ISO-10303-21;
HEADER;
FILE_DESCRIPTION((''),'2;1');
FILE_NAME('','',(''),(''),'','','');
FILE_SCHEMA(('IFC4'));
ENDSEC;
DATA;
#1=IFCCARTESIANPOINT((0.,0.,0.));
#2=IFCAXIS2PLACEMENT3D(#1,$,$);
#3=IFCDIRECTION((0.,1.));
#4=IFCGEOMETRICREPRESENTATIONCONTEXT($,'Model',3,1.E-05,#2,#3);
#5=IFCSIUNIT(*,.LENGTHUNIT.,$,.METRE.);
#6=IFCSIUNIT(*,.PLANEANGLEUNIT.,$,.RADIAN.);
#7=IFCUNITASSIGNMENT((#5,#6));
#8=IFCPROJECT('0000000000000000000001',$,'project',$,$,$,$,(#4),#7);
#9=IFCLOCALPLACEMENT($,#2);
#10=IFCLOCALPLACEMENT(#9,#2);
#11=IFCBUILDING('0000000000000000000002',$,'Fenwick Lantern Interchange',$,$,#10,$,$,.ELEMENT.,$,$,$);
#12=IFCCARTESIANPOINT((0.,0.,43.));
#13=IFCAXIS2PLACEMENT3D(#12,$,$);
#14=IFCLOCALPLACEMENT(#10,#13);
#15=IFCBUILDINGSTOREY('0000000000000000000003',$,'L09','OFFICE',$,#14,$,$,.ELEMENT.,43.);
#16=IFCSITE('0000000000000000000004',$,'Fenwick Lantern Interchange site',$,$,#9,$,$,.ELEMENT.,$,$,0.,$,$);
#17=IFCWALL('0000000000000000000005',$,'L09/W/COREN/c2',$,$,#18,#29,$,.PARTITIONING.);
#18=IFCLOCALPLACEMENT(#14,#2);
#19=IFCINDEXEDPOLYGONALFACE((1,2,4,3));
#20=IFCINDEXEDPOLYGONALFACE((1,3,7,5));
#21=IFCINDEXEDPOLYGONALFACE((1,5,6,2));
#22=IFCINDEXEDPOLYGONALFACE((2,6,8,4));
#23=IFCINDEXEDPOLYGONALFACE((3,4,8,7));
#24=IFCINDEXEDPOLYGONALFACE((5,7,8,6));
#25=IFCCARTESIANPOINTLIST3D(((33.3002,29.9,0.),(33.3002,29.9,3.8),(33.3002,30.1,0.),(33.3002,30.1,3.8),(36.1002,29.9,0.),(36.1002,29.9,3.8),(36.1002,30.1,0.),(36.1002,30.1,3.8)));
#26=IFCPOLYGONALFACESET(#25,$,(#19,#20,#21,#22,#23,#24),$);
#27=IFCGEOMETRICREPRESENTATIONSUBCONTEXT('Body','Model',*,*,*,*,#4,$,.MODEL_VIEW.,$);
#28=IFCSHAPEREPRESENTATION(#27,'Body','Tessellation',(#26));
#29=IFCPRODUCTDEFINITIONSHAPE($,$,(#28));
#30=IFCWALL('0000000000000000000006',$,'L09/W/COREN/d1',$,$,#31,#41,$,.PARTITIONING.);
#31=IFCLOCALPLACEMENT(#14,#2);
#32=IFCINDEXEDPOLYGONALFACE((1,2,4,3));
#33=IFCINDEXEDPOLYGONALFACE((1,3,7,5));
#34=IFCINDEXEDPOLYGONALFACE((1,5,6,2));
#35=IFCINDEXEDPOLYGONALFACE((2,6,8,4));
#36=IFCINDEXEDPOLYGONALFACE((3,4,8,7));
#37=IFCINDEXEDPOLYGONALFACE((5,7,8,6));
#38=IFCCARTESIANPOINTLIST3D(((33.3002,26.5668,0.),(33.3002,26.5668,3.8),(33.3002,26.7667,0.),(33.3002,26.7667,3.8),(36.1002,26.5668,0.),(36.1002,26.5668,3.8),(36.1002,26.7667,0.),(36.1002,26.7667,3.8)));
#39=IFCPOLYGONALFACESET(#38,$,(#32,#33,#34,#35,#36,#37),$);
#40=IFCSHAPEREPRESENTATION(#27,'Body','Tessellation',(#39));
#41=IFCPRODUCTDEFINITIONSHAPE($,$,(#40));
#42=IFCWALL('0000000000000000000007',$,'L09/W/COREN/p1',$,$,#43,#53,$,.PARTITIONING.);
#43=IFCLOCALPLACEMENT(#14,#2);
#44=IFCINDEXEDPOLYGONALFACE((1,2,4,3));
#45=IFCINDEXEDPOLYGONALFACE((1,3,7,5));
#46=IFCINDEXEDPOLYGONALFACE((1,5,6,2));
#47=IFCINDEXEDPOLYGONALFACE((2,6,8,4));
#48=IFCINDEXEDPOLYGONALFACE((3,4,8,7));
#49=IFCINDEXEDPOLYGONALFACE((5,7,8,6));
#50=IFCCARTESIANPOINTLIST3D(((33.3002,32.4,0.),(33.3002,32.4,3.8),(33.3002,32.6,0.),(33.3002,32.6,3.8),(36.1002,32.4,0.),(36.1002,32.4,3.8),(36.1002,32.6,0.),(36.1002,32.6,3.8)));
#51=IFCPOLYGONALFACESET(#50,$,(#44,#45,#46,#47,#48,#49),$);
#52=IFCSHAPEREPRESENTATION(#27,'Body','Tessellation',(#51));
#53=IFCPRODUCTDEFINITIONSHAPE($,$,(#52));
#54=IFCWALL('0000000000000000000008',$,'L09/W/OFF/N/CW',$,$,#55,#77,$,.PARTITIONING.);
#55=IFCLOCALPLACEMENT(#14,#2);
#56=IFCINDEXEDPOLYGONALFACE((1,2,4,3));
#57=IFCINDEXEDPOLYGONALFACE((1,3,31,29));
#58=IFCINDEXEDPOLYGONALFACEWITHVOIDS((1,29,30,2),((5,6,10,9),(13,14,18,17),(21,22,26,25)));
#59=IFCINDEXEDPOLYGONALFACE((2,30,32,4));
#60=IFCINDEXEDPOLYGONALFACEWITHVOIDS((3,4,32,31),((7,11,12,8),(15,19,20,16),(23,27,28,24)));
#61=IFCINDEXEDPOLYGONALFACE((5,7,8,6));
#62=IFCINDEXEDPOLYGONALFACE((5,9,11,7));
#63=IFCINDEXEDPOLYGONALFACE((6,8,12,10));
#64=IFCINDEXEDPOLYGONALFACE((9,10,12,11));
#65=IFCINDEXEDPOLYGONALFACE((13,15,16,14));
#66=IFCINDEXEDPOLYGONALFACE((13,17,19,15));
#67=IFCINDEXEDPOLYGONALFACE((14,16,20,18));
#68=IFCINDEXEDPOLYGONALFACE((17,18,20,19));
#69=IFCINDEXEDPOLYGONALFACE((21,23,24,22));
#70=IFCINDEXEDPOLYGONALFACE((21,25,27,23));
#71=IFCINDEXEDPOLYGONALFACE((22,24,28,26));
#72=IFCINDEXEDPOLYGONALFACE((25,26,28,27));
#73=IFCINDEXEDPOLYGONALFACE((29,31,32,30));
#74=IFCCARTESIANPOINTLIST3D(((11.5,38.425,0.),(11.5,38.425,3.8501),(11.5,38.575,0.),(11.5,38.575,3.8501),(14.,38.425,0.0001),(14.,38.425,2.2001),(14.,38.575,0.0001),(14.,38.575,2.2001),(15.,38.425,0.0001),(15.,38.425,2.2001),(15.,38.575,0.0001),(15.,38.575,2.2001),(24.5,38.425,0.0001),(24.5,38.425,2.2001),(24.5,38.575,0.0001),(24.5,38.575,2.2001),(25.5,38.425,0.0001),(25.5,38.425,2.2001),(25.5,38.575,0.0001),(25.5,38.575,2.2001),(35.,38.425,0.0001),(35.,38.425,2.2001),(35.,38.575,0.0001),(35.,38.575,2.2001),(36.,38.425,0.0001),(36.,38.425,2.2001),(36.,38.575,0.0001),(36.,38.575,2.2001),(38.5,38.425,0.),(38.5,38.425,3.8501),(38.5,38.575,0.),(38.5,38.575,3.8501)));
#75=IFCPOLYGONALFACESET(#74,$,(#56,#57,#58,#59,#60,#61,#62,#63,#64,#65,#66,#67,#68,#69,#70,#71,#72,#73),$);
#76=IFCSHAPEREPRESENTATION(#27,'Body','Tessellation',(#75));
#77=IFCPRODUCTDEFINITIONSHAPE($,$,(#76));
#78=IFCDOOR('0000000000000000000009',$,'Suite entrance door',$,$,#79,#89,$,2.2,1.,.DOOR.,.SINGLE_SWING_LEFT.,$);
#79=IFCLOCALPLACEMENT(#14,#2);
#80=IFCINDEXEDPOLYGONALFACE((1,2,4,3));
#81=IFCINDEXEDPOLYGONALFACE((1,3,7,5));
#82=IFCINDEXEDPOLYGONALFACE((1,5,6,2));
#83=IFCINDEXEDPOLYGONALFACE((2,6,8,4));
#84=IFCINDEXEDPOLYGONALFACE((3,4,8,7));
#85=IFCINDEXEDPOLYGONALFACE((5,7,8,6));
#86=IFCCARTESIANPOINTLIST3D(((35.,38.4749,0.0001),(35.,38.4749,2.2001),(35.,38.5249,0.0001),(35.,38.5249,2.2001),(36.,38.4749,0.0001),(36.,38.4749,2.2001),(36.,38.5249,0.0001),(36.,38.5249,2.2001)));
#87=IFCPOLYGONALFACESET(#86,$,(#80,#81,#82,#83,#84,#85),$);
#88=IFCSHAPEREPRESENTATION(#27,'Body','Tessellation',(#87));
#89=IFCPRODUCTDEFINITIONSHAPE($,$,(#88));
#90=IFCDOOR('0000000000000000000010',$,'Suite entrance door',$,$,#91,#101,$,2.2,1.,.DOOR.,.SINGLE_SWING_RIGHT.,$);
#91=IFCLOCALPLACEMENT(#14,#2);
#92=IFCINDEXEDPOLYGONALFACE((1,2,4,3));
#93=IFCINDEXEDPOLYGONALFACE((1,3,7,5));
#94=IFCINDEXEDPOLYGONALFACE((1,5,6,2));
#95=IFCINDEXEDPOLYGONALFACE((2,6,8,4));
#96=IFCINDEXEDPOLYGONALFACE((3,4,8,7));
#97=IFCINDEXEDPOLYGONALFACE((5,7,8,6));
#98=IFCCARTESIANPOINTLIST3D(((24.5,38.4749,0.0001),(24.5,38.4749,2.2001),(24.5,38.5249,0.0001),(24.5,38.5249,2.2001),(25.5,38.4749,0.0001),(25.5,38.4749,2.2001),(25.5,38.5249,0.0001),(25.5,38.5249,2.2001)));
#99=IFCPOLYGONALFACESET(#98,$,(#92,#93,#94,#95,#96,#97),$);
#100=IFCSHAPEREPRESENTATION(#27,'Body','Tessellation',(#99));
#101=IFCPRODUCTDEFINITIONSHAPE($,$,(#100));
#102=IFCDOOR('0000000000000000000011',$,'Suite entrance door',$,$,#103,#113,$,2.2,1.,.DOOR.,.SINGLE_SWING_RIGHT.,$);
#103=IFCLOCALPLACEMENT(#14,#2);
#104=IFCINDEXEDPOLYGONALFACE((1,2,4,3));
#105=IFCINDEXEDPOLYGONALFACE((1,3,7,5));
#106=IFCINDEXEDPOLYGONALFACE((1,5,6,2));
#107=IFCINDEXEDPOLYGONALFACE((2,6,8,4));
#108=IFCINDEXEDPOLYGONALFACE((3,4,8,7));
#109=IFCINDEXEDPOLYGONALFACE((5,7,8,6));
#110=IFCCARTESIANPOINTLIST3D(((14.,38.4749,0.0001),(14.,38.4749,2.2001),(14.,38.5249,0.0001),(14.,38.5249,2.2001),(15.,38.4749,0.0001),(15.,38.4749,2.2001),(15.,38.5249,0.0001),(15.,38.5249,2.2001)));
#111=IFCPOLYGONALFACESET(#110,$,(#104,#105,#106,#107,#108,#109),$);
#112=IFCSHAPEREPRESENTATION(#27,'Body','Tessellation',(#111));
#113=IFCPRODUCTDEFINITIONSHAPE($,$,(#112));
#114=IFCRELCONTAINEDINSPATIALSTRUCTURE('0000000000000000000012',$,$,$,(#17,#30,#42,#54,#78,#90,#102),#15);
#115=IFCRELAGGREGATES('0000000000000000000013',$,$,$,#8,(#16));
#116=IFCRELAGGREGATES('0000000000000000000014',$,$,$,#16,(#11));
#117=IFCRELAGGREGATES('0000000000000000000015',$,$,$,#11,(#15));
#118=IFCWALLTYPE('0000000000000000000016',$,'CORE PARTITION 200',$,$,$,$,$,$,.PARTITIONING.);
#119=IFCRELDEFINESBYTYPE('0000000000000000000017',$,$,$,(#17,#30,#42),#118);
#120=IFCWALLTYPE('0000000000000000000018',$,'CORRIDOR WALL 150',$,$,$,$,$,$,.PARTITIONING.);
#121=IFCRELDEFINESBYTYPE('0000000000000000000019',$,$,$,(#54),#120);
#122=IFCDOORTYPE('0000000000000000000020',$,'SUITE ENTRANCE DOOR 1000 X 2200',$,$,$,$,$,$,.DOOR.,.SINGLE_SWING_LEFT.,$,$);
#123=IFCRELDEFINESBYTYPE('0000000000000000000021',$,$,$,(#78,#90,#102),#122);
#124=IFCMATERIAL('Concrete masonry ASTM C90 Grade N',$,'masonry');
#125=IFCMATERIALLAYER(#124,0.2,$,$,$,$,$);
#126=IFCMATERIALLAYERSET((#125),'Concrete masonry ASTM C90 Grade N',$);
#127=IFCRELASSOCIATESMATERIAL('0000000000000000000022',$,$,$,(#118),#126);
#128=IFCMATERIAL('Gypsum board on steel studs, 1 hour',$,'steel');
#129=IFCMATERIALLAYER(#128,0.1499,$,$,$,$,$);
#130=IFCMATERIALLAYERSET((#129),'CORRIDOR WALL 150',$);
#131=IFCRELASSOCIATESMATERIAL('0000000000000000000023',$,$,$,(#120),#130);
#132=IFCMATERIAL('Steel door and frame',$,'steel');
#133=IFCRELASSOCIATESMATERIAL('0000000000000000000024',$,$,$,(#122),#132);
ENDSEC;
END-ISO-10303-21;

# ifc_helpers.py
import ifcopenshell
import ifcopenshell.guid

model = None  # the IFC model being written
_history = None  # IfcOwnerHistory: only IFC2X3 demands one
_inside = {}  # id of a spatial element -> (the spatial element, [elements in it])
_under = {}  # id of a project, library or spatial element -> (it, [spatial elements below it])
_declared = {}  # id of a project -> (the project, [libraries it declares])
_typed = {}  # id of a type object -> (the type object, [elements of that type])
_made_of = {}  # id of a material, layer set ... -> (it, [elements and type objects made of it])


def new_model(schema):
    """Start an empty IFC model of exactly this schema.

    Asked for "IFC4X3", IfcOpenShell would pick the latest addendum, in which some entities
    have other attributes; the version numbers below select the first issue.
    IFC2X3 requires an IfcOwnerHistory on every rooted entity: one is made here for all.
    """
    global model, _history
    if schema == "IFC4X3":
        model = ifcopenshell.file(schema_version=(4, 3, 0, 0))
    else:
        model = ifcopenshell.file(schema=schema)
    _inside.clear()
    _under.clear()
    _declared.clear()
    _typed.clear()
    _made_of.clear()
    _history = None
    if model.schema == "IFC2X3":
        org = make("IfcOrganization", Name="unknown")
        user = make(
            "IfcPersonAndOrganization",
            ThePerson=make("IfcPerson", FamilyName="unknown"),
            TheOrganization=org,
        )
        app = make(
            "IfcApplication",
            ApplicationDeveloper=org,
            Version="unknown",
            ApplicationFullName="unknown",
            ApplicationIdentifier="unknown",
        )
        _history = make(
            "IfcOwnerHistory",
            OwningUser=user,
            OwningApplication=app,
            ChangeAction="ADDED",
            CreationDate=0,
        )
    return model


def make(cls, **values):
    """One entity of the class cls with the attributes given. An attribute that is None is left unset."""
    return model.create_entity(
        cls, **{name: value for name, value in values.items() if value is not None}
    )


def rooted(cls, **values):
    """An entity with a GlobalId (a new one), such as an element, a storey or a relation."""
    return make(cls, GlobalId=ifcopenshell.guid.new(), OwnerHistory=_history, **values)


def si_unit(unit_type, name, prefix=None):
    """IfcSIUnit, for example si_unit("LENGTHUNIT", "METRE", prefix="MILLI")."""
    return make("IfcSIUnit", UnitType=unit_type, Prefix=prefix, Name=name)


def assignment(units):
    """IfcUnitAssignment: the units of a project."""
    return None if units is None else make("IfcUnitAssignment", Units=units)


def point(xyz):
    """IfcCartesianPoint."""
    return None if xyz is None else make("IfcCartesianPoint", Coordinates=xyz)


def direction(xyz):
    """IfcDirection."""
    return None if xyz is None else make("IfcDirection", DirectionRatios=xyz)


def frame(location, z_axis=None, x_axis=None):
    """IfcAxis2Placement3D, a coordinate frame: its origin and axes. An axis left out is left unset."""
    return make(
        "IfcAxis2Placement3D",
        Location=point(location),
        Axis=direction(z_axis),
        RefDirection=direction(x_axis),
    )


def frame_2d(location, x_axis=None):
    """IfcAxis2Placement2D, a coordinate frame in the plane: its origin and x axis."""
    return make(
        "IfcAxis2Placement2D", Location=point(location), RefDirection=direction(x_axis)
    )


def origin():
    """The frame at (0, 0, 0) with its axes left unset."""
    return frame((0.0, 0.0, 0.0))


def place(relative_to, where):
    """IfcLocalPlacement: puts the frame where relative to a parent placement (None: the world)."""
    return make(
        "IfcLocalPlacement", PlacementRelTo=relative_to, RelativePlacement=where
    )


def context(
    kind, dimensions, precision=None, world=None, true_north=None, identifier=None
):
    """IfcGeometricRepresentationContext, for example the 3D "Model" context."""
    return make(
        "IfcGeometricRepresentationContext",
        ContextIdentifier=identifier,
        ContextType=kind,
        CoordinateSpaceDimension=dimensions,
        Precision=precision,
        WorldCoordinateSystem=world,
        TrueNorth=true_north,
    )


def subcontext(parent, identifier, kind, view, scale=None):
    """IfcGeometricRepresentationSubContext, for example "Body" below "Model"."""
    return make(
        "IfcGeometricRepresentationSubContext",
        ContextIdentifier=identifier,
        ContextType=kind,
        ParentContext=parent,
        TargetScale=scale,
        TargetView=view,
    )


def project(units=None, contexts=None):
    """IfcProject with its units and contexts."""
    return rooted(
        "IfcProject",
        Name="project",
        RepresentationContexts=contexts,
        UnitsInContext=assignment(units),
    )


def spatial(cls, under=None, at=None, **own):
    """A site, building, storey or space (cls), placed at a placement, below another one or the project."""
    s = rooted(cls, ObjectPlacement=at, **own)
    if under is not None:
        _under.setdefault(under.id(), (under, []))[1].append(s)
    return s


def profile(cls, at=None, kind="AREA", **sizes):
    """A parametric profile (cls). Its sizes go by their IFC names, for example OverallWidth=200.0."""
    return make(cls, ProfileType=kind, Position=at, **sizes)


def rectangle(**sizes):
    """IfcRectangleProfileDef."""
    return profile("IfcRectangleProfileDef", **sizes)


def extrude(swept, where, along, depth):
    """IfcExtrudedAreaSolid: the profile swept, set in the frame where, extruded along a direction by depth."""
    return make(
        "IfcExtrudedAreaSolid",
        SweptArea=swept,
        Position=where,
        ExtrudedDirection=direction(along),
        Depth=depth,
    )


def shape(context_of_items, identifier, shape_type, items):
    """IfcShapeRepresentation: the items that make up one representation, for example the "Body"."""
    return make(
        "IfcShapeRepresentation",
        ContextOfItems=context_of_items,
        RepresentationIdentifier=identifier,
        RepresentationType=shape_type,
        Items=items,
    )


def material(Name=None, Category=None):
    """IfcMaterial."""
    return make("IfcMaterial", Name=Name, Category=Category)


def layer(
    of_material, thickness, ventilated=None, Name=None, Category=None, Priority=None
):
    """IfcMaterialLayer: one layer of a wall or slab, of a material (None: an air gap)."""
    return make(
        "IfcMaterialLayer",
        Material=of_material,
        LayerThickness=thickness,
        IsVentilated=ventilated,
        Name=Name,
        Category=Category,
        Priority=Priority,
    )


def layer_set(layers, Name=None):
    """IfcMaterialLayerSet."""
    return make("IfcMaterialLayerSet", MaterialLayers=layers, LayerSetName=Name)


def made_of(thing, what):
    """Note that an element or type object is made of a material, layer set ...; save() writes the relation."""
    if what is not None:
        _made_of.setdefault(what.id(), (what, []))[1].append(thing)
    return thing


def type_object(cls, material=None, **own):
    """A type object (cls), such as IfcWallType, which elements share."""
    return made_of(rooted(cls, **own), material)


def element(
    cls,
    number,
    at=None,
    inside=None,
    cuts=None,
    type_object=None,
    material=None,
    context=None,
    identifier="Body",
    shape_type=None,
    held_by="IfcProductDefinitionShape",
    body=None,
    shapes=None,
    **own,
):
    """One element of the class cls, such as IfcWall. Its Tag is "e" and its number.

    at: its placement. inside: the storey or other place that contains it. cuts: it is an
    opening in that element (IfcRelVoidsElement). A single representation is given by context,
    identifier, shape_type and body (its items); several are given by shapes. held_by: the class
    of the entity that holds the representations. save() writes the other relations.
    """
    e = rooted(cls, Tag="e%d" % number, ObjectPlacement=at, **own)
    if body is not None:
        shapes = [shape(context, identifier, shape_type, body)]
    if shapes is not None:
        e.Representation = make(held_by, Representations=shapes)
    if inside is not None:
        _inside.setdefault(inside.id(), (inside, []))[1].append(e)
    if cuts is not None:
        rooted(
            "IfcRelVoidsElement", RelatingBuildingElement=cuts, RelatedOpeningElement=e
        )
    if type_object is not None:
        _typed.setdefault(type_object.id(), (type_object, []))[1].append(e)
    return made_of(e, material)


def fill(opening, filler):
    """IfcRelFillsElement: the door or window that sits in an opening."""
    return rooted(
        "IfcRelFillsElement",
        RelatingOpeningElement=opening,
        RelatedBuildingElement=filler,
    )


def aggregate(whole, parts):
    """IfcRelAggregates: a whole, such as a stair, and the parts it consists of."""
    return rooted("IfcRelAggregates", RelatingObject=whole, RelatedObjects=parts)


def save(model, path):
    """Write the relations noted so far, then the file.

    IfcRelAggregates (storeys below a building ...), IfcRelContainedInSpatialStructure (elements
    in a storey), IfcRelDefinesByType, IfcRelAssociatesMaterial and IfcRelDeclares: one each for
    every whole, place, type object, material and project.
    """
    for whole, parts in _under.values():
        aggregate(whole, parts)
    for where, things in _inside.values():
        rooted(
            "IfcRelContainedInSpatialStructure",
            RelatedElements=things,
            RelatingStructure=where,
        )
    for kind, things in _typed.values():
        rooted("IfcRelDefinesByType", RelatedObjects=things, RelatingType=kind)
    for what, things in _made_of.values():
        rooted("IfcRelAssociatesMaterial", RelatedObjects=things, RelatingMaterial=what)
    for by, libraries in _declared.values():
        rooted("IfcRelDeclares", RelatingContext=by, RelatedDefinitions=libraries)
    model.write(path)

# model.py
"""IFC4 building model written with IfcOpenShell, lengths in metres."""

from ifc_helpers import new_model, si_unit, direction, frame, frame_2d, origin, place, context, subcontext, project, spatial, rectangle, extrude, material, layer, layer_set, type_object, element, fill, save


model = new_model("IFC4")

# Units and contexts
model_context = context("Model", 3, precision=1e-05, world=origin(), true_north=direction((0.0, 1.0)))
body_context = subcontext(model_context, "Body", "Model", "MODEL_VIEW")
ifc_project = project(units=[si_unit("LENGTHUNIT", "METRE"), si_unit("PLANEANGLEUNIT", "RADIAN")], contexts=[model_context])

# Site, building, storey
site_placement = place(None, origin())
site = spatial("IfcSite", under=ifc_project, at=site_placement, Name="Fenwick Lantern Interchange site", CompositionType="ELEMENT", RefElevation=0.0)
building_placement = place(site_placement, origin())
building = spatial("IfcBuilding", under=site, at=building_placement, Name="Fenwick Lantern Interchange", CompositionType="ELEMENT")
storey_placement = place(building_placement, frame((0.0, 0.0, 43.0)))
storey = spatial("IfcBuildingStorey", under=building, at=storey_placement, Name="L09", Description="OFFICE", CompositionType="ELEMENT", Elevation=43.0)

# Walls
ifc_material_1 = material(Name="Concrete masonry ASTM C90 Grade N", Category="masonry")
ifc_layer_1 = layer(ifc_material_1, 0.2)
ifc_layer_set_1 = layer_set([ifc_layer_1], Name="Concrete masonry ASTM C90 Grade N")
wall_type_1 = type_object("IfcWallType", Name="CORE PARTITION 200", PredefinedType="PARTITIONING", material=ifc_layer_set_1)
for number, where, z_axis, x_axis, name in (
    (1, (36.1001, 30.0, 0.0), (0.0, 0.0, 1.0), (-1.0, 0.0, 0.0), "L09/W/COREN/c2"),
    (2, (36.1001, 26.6667, 0.0), (0.0, 0.0, 1.0), (-1.0, 0.0, 0.0), "L09/W/COREN/d1"),
    (3, (36.1001, 32.5, 0.0), (0.0, 0.0, 1.0), (-1.0, 0.0, 0.0), "L09/W/COREN/p1"),
):
    element("IfcWall", number, at=place(storey_placement, frame(where, z_axis=z_axis, x_axis=x_axis)), inside=storey, type_object=wall_type_1, Name=name, PredefinedType="PARTITIONING", context=body_context, shape_type="SweptSolid", body=[
        extrude(rectangle(XDim=2.8, YDim=0.2, at=frame_2d((1.3999, 0.0))), origin(), (0.0, 0.0, 1.0), 3.8),
    ])

# Wall, openings, doors
ifc_material_2 = material(Name="Steel door and frame", Category="steel")
ifc_material_3 = material(Name="Gypsum board on steel studs, 1 hour", Category="steel")
ifc_layer_2 = layer(ifc_material_3, 0.1499)
ifc_layer_set_2 = layer_set([ifc_layer_2], Name="CORRIDOR WALL 150")
wall_type_2 = type_object("IfcWallType", Name="CORRIDOR WALL 150", PredefinedType="PARTITIONING", material=ifc_layer_set_2)
wall_1_placement = place(storey_placement, frame((38.5, 38.5, 0.0), z_axis=(0.0, 0.0, 1.0), x_axis=(-1.0, 0.0, 0.0)))
wall_1 = element("IfcWall", 4, at=wall_1_placement, inside=storey, type_object=wall_type_2, Name="L09/W/OFF/N/CW", PredefinedType="PARTITIONING", context=body_context, shape_type="SweptSolid", body=[
    extrude(rectangle(XDim=27.0, YDim=0.1499, at=frame_2d((13.5, 0.0))), origin(), (0.0, 0.0, 1.0), 3.8501),
])
opening_1_placement = place(wall_1_placement, frame((2.5, 0.0, 0.0)))
opening_1 = element("IfcOpeningElement", 5, at=opening_1_placement, cuts=wall_1, PredefinedType="OPENING", context=body_context, shape_type="SweptSolid", body=[
    extrude(rectangle(XDim=1.0, YDim=2.2, at=frame_2d((0.5, 1.1001))), frame((0.0, 0.085, 0.0), z_axis=(0.0, -1.0, 0.0), x_axis=(1.0, 0.0, 0.0)), (0.0, 0.0, 1.0), 0.1699),
])
opening_2_placement = place(wall_1_placement, frame((13.0, 0.0, 0.0)))
opening_2 = element("IfcOpeningElement", 6, at=opening_2_placement, cuts=wall_1, PredefinedType="OPENING", context=body_context, shape_type="SweptSolid", body=[
    extrude(rectangle(XDim=1.0, YDim=2.2, at=frame_2d((0.5, 1.1001))), frame((0.0, 0.085, 0.0), z_axis=(0.0, -1.0, 0.0), x_axis=(1.0, 0.0, 0.0)), (0.0, 0.0, 1.0), 0.1699),
])
opening_3_placement = place(wall_1_placement, frame((23.5, 0.0, 0.0)))
opening_3 = element("IfcOpeningElement", 7, at=opening_3_placement, cuts=wall_1, PredefinedType="OPENING", context=body_context, shape_type="SweptSolid", body=[
    extrude(rectangle(XDim=1.0, YDim=2.2, at=frame_2d((0.5, 1.1001))), frame((0.0, 0.085, 0.0), z_axis=(0.0, -1.0, 0.0), x_axis=(1.0, 0.0, 0.0)), (0.0, 0.0, 1.0), 0.1699),
])
door_type_1 = type_object("IfcDoorType", Name="SUITE ENTRANCE DOOR 1000 X 2200", OperationType="SINGLE_SWING_LEFT", PredefinedType="DOOR", material=ifc_material_2)
door_1_placement = place(opening_1_placement, frame((1.0, 0.0, 0.0), z_axis=(0.0, 0.0, 1.0), x_axis=(-1.0, 0.0, 0.0)))
door_1 = element("IfcDoor", 8, at=door_1_placement, inside=storey, type_object=door_type_1, Name="Suite entrance door", OperationType="SINGLE_SWING_LEFT", OverallHeight=2.2, OverallWidth=1.0, PredefinedType="DOOR", context=body_context, shape_type="SweptSolid", body=[
    extrude(rectangle(XDim=1.0, YDim=2.2, at=frame_2d((0.5, 1.1001))), frame((0.0, 0.0249, 0.0), z_axis=(0.0, -1.0, 0.0), x_axis=(1.0, 0.0, 0.0)), (0.0, 0.0, 1.0), 0.05),
])
fill(opening_1, door_1)
door_2_placement = place(opening_2_placement, frame((1.0, 0.0, 0.0), z_axis=(0.0, 0.0, 1.0), x_axis=(-1.0, 0.0, 0.0)))
door_2 = element("IfcDoor", 9, at=door_2_placement, inside=storey, type_object=door_type_1, Name="Suite entrance door", OperationType="SINGLE_SWING_RIGHT", OverallHeight=2.2, OverallWidth=1.0, PredefinedType="DOOR", context=body_context, shape_type="SweptSolid", body=[
    extrude(rectangle(XDim=1.0, YDim=2.2, at=frame_2d((0.5, 1.1001))), frame((0.0, 0.0249, 0.0), z_axis=(0.0, -1.0, 0.0), x_axis=(1.0, 0.0, 0.0)), (0.0, 0.0, 1.0), 0.05),
])
fill(opening_2, door_2)
door_3_placement = place(opening_3_placement, frame((1.0, 0.0, 0.0), z_axis=(0.0, 0.0, 1.0), x_axis=(-1.0, 0.0, 0.0)))
door_3 = element("IfcDoor", 10, at=door_3_placement, inside=storey, type_object=door_type_1, Name="Suite entrance door", OperationType="SINGLE_SWING_RIGHT", OverallHeight=2.2, OverallWidth=1.0, PredefinedType="DOOR", context=body_context, shape_type="SweptSolid", body=[
    extrude(rectangle(XDim=1.0, YDim=2.2, at=frame_2d((0.5, 1.1001))), frame((0.0, 0.0249, 0.0), z_axis=(0.0, -1.0, 0.0), x_axis=(1.0, 0.0, 0.0)), (0.0, 0.0, 1.0), 0.05),
])
fill(opening_3, door_3)

save(model, "model.ifc")
